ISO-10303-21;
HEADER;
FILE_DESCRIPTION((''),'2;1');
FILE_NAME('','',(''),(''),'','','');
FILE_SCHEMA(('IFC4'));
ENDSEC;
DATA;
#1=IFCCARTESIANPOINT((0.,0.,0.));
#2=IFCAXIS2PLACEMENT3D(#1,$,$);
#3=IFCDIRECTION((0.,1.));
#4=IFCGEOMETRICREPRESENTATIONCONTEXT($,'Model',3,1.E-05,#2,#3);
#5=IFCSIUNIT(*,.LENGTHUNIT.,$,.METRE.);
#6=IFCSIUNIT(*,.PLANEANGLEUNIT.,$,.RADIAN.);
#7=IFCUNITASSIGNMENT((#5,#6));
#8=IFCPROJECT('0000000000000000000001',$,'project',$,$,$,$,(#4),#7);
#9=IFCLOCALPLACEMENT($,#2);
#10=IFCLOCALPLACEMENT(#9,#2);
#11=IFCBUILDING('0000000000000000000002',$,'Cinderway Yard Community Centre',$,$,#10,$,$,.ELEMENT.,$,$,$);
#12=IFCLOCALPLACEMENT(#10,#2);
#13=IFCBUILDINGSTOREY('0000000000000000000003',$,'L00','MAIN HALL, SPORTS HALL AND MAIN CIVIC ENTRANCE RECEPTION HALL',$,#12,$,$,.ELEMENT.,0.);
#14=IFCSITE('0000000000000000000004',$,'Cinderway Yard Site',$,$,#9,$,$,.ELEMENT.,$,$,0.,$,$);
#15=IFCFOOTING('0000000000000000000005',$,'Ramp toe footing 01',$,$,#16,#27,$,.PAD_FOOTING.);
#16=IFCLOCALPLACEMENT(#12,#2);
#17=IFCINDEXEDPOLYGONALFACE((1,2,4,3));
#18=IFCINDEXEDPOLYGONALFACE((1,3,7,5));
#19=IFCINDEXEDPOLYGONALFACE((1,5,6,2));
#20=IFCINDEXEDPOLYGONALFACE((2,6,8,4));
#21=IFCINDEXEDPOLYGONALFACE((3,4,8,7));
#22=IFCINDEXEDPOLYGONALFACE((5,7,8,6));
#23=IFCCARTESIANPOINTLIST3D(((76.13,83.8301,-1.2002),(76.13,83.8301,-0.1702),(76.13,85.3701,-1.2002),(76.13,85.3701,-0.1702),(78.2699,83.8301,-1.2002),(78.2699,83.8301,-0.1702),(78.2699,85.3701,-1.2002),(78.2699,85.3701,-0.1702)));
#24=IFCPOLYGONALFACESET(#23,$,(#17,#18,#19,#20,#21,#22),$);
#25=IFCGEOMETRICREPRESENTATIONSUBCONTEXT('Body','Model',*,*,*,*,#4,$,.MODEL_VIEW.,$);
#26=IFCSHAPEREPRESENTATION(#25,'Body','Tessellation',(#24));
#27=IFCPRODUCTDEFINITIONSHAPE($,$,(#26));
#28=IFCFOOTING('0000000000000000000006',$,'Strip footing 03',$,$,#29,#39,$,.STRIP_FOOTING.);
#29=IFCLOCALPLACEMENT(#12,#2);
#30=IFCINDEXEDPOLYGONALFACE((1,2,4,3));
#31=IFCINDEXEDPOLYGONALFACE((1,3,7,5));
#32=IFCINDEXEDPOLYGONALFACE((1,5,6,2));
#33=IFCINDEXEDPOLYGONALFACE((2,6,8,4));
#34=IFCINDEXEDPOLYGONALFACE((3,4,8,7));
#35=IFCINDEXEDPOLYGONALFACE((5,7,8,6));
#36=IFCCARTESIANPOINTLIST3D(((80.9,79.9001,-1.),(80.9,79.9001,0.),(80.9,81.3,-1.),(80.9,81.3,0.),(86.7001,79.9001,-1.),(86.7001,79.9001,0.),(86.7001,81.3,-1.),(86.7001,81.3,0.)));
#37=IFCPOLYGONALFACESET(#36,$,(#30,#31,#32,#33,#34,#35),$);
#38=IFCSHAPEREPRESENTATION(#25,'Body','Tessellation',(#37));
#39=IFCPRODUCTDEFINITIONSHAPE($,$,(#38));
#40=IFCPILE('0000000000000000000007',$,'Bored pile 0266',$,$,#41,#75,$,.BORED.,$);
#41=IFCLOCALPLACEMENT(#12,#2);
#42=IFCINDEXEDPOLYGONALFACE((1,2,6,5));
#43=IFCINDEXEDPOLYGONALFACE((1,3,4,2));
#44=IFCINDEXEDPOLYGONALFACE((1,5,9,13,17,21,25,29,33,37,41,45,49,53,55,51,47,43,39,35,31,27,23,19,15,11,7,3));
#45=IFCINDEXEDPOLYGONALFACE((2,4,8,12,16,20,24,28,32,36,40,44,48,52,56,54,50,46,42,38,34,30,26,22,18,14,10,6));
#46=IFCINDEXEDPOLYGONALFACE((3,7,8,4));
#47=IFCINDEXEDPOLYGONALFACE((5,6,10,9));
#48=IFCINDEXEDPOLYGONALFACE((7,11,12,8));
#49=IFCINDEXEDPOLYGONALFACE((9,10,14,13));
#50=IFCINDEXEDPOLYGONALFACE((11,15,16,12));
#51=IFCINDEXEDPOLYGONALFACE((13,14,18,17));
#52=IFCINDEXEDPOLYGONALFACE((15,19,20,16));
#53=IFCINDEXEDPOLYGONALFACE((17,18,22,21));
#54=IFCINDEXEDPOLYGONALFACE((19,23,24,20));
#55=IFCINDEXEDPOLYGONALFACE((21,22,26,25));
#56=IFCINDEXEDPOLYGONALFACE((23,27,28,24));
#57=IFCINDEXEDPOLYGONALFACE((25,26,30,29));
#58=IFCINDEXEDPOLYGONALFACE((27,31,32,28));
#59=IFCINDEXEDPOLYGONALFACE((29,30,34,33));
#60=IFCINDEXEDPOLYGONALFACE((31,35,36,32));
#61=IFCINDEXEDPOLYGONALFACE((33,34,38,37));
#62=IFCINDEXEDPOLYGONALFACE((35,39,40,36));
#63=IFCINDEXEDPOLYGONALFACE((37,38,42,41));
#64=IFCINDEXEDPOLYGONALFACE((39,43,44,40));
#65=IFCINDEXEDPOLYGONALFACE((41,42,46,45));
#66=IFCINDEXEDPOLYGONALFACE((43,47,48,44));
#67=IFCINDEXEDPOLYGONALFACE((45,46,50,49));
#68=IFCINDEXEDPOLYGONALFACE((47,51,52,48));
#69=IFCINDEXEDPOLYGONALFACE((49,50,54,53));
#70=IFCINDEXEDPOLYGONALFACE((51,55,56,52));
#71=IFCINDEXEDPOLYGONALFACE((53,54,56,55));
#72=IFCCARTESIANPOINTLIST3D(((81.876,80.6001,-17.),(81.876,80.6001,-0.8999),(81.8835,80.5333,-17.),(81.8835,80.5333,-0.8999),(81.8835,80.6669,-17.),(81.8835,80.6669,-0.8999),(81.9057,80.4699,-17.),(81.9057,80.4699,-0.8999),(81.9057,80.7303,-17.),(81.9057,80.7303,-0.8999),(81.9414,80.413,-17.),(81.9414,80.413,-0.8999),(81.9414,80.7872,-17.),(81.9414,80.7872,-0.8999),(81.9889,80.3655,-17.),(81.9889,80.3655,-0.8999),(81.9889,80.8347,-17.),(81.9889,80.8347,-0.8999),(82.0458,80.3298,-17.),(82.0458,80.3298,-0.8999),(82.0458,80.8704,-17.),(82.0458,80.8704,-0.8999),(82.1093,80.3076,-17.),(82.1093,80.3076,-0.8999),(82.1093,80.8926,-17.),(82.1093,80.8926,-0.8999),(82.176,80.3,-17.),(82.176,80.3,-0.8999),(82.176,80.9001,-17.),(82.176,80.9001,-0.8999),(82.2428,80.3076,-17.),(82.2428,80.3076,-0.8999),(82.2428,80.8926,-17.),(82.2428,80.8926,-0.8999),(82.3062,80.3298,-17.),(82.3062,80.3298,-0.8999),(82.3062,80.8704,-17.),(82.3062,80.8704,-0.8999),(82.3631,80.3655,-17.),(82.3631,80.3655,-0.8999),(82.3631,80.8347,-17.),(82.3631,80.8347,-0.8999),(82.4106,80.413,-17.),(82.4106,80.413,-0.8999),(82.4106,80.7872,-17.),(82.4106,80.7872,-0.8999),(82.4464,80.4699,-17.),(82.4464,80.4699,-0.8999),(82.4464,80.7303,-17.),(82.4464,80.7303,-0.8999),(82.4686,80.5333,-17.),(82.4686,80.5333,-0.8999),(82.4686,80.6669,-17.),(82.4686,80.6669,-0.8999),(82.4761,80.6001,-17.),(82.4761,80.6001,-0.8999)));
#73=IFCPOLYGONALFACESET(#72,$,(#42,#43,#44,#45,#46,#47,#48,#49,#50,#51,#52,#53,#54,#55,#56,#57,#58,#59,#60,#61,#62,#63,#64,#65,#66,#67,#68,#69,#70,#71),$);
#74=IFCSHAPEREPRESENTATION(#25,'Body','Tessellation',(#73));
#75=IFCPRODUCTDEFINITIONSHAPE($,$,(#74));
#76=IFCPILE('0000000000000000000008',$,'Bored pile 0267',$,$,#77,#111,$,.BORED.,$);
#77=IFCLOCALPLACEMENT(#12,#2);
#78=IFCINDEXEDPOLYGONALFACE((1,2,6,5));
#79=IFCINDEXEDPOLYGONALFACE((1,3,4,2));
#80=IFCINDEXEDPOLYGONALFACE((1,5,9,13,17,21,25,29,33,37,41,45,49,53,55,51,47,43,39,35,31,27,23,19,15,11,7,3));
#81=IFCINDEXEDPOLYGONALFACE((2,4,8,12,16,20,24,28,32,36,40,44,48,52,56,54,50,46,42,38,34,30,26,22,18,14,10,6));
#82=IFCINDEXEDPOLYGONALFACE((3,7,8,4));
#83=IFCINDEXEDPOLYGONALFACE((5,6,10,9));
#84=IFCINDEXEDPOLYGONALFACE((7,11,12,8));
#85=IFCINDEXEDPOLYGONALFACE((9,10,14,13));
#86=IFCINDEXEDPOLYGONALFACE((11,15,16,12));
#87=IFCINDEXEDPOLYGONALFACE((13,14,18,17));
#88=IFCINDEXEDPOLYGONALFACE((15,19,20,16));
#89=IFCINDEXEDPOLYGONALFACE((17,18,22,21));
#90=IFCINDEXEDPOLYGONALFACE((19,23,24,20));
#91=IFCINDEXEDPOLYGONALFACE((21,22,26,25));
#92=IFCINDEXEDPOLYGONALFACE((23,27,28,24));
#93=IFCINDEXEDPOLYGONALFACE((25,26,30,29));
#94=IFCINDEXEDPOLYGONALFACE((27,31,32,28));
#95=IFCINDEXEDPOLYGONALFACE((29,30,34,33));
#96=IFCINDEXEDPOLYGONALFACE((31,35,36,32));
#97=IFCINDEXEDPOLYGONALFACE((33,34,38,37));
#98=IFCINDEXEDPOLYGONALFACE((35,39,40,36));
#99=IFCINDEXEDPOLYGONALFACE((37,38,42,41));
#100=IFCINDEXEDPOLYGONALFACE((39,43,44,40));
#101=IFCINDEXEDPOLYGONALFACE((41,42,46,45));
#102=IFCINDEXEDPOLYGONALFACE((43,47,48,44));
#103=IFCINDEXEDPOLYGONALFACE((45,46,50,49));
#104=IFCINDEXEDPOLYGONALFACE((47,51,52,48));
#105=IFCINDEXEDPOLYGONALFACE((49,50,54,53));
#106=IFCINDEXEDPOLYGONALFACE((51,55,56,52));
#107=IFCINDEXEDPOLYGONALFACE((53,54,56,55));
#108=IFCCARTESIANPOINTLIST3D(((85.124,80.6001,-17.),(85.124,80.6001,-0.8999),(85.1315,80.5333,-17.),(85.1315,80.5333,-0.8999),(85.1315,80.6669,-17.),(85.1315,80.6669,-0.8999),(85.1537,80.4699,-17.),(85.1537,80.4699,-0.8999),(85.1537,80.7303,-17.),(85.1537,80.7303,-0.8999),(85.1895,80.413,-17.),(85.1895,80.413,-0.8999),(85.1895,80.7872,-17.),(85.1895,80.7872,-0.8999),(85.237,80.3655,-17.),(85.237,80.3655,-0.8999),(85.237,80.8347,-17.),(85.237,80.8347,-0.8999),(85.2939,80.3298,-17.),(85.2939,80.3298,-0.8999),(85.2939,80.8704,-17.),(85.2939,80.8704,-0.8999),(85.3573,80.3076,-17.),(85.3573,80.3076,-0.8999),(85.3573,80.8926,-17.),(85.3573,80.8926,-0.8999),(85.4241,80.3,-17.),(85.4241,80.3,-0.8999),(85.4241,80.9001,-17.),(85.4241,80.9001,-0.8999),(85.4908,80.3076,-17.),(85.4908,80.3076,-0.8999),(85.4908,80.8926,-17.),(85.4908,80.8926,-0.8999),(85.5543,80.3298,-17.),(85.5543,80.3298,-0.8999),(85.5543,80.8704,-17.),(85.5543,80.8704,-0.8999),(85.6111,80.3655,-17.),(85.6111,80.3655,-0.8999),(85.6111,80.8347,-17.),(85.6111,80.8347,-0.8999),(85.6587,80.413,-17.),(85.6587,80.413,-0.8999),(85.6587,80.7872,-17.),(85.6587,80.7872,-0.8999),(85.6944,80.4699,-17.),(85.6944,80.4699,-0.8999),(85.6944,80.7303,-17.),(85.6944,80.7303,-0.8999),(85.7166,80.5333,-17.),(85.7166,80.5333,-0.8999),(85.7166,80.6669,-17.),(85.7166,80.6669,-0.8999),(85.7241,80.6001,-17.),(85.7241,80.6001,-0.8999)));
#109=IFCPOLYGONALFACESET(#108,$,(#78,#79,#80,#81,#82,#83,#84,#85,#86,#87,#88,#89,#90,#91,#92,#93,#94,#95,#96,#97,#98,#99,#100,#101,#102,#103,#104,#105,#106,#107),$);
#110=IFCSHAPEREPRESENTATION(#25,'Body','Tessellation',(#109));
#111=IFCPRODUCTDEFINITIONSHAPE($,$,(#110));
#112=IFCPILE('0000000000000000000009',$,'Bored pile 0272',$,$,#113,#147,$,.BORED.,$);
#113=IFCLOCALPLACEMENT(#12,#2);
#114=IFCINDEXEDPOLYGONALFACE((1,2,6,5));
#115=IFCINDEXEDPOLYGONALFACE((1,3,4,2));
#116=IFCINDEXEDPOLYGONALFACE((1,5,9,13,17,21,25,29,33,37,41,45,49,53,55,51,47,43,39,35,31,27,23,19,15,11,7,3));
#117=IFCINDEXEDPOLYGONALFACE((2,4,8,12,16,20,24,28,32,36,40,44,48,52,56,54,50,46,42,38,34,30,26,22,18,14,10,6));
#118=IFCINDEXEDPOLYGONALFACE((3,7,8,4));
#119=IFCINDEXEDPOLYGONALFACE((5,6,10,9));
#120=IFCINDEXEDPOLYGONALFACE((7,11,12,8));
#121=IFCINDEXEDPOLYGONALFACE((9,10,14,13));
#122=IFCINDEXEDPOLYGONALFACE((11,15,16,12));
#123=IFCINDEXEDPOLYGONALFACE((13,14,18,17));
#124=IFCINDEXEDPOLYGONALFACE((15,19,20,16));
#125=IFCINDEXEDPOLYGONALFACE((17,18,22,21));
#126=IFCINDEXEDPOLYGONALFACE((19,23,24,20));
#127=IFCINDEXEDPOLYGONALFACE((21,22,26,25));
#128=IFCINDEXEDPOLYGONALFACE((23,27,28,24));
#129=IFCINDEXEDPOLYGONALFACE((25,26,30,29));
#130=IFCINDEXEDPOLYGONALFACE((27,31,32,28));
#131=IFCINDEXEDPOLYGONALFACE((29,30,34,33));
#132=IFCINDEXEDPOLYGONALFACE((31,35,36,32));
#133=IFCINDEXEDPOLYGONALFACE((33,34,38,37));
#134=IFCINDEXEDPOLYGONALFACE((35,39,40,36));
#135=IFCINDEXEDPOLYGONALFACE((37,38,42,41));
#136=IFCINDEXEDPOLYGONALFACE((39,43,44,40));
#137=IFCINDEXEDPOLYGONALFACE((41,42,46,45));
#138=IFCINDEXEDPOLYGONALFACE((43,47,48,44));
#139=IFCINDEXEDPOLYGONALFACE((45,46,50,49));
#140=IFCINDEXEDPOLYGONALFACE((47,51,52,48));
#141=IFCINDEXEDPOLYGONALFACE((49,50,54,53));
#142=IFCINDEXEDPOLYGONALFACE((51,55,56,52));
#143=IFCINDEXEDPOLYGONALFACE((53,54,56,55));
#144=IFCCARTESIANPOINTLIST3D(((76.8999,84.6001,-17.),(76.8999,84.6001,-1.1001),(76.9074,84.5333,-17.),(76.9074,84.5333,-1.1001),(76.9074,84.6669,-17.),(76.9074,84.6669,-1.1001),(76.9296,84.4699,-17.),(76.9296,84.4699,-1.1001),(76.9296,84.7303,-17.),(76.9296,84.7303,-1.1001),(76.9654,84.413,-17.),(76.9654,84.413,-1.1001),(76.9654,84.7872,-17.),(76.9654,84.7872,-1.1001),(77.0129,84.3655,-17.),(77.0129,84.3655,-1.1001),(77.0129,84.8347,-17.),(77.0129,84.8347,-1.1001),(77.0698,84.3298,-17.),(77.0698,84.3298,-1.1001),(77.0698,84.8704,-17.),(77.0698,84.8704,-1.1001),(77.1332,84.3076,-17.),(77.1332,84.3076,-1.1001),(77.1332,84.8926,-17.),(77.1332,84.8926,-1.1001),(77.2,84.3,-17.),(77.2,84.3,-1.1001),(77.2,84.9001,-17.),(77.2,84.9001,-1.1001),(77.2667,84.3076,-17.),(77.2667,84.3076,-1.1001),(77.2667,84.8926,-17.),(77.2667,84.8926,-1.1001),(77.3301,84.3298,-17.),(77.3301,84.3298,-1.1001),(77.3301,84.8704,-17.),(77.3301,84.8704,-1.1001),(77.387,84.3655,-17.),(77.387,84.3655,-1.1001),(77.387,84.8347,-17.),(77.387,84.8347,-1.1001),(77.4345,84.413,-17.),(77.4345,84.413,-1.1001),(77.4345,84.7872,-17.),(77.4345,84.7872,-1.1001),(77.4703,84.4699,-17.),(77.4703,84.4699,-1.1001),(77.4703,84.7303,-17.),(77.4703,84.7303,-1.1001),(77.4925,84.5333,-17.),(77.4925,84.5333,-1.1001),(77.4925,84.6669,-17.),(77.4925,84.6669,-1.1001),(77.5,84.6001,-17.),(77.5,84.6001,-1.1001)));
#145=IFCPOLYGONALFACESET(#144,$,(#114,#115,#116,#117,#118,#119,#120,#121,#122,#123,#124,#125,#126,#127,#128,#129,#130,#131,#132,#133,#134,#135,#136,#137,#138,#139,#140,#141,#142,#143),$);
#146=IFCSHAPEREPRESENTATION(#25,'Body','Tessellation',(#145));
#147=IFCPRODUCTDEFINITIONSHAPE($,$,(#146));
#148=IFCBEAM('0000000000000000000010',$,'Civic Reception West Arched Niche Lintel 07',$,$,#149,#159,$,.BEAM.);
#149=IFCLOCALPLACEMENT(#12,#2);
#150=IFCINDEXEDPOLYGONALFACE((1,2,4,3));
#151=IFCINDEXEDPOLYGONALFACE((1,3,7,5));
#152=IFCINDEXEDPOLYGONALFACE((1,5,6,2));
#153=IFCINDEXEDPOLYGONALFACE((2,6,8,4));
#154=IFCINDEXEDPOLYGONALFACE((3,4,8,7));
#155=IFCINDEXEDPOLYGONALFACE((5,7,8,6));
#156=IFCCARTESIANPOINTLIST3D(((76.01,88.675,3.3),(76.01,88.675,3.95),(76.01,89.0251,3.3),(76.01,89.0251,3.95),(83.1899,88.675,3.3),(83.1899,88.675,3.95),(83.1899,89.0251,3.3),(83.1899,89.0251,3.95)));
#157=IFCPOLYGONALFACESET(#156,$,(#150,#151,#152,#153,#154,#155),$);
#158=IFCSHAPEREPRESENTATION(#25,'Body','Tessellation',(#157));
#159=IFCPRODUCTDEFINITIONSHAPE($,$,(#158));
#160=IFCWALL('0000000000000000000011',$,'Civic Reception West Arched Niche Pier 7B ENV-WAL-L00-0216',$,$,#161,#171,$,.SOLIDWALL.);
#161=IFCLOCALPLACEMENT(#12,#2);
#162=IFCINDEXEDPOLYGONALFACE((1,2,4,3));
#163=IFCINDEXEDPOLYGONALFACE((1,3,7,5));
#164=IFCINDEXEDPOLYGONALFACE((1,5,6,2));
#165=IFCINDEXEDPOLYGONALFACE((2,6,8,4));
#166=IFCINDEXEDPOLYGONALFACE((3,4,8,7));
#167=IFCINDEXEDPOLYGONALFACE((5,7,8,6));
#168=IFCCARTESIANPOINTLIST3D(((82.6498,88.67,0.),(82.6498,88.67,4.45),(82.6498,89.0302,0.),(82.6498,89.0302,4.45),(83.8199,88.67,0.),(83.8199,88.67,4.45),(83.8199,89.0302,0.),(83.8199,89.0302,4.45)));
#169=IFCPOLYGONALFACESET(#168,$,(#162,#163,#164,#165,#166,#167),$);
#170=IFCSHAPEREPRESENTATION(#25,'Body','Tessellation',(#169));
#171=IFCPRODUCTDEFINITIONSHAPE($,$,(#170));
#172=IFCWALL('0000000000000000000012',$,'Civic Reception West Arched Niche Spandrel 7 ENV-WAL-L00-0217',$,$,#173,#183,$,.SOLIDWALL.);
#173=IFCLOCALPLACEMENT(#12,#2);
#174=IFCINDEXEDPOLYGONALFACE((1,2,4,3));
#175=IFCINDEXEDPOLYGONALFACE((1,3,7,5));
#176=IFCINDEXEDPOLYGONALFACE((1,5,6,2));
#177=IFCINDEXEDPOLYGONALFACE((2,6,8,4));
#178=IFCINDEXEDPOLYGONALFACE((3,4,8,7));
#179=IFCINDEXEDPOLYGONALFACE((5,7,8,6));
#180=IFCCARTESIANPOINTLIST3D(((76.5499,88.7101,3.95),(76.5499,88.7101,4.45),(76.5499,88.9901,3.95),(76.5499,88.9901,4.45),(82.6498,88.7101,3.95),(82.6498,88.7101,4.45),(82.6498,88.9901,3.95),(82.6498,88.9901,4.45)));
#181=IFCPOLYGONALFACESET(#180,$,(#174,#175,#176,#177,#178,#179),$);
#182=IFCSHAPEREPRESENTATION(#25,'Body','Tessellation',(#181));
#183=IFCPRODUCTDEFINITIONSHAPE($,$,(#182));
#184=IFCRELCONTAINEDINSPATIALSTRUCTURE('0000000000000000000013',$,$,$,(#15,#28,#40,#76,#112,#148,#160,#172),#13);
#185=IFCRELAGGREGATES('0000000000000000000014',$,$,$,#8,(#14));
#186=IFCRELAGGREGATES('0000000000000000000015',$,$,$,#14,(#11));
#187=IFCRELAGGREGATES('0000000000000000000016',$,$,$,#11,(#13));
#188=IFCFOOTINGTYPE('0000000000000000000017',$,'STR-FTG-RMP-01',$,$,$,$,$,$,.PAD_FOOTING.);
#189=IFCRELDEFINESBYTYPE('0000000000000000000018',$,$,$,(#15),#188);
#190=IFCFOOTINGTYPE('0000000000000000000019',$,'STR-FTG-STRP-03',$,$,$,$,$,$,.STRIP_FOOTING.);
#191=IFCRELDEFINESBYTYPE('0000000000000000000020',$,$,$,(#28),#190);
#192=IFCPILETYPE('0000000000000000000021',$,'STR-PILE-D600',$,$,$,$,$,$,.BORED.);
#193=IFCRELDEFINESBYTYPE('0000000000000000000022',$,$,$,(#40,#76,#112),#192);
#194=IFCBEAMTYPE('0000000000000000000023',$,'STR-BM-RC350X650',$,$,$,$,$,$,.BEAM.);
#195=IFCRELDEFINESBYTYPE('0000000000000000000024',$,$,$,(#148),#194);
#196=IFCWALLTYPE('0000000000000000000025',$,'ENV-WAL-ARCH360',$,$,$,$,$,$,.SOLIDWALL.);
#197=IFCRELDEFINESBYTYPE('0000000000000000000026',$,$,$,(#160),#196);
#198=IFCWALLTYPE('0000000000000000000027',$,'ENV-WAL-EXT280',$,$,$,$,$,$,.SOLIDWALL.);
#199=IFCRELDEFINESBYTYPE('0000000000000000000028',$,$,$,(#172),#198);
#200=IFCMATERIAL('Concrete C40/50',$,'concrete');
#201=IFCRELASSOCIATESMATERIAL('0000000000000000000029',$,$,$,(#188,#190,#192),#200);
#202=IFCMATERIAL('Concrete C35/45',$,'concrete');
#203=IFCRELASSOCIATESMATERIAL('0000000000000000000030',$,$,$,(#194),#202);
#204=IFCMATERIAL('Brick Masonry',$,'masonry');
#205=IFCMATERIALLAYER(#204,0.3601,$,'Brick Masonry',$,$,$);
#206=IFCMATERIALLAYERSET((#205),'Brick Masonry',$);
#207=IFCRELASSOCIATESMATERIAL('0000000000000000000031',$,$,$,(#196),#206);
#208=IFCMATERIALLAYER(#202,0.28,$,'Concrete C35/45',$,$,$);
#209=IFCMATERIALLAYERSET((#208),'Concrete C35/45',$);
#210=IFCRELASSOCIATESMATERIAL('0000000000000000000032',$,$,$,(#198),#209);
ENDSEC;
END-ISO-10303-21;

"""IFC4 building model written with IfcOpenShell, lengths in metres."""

from ifc_helpers import new_model, si_unit, direction, frame, frame_2d, origin, origin_2d, place, context, subcontext, project, spatial, rectangle, circle, extrude, material, layer, layer_set, material_profile, profile_set, type_object, element, save


model = new_model("IFC4")

# Units and contexts
model_context = context("Model", 3, precision=1e-05, world=origin(), true_north=direction((0.0, 1.0)))
body_context = subcontext(model_context, "Body", "Model", "MODEL_VIEW")
ifc_project = project(units=[si_unit("LENGTHUNIT", "METRE"), si_unit("PLANEANGLEUNIT", "RADIAN")], contexts=[model_context])

# Site, building, storey
site_placement = place(None, origin())
site = spatial("IfcSite", under=ifc_project, at=site_placement, Name="Cinderway Yard Site", CompositionType="ELEMENT", RefElevation=0.0)
building_placement = place(site_placement, origin())
building = spatial("IfcBuilding", under=site, at=building_placement, Name="Cinderway Yard Community Centre", CompositionType="ELEMENT")
storey_placement = place(building_placement, origin())
storey = spatial("IfcBuildingStorey", under=building, at=storey_placement, Name="L00", Description="MAIN HALL, SPORTS HALL AND MAIN CIVIC ENTRANCE RECEPTION HALL", CompositionType="ELEMENT", Elevation=0.0)

# Footings
ifc_material_1 = material(Name="Concrete C40/50", Category="concrete")
footing_type_1 = type_object("IfcFootingType", Name="STR-FTG-RMP-01", PredefinedType="PAD_FOOTING", material=ifc_material_1)
footing_1_placement = place(storey_placement, frame((77.2, 84.6001, -1.2002), z_axis=(0.0, 0.0, 1.0), x_axis=(1.0, 0.0, 0.0)))
element("IfcFooting", 1, at=footing_1_placement, inside=storey, type_object=footing_type_1, Name="Ramp toe footing 01", PredefinedType="PAD_FOOTING", context=body_context, shape_type="SweptSolid", body=[
    extrude(rectangle(XDim=2.1399, YDim=1.54, at=origin_2d()), origin(), (0.0, 0.0, 1.0), 1.03),
])
footing_type_2 = type_object("IfcFootingType", Name="STR-FTG-STRP-03", PredefinedType="STRIP_FOOTING", material=ifc_material_1)
footing_2_placement = place(storey_placement, frame((83.8, 80.6001, -1.0), z_axis=(0.0, 0.0, 1.0), x_axis=(1.0, 0.0, 0.0)))
element("IfcFooting", 2, at=footing_2_placement, inside=storey, type_object=footing_type_2, Name="Strip footing 03", PredefinedType="STRIP_FOOTING", context=body_context, shape_type="SweptSolid", body=[
    extrude(rectangle(XDim=5.8, YDim=1.3999, at=origin_2d()), origin(), (0.0, 0.0, 1.0), 1.0),
])

# Piles
ifc_material_profile_1 = material_profile(ifc_material_1, circle(Radius=0.3, at=origin_2d()), Name="Concrete C40/50")
ifc_profile_set_1 = profile_set([ifc_material_profile_1], Name="Concrete C40/50")
pile_type = type_object("IfcPileType", Name="STR-PILE-D600", PredefinedType="BORED", material=ifc_profile_set_1)
for number, where, z_axis, x_axis, name in (
    (3, (82.176, 80.6001, -0.8999), (0.0, 0.0, -1.0), (1.0, 0.0, 0.0), "Bored pile 0266"),
    (4, (85.4241, 80.6001, -0.8999), (0.0, 0.0, -1.0), (1.0, 0.0, 0.0), "Bored pile 0267"),
):
    element("IfcPile", number, at=place(storey_placement, frame(where, z_axis=z_axis, x_axis=x_axis)), inside=storey, type_object=pile_type, Name=name, PredefinedType="BORED", context=body_context, shape_type="SweptSolid", body=[
        extrude(circle(Radius=0.3, at=origin_2d()), origin(), (0.0, 0.0, 1.0), 16.1001),
    ])
pile_placement = place(storey_placement, frame((77.2, 84.6001, -1.1001), z_axis=(0.0, 0.0, -1.0), x_axis=(1.0, 0.0, 0.0)))
element("IfcPile", 5, at=pile_placement, inside=storey, type_object=pile_type, Name="Bored pile 0272", PredefinedType="BORED", context=body_context, shape_type="SweptSolid", body=[
    extrude(circle(Radius=0.3, at=origin_2d()), origin(), (0.0, 0.0, 1.0), 15.8999),
])

# Beam
ifc_material_2 = material(Name="Concrete C35/45", Category="concrete")
ifc_material_profile_2 = material_profile(ifc_material_2, rectangle(XDim=0.3501, YDim=0.6499, at=origin_2d()), Name="Concrete C35/45")
ifc_profile_set_2 = profile_set([ifc_material_profile_2], Name="Concrete C35/45")
beam_type = type_object("IfcBeamType", Name="STR-BM-RC350X650", PredefinedType="BEAM", material=ifc_profile_set_2)
beam_placement = place(storey_placement, frame((76.01, 88.8501, 3.625), z_axis=(1.0, 0.0, 0.0), x_axis=(0.0, 1.0, 0.0)))
element("IfcBeam", 6, at=beam_placement, inside=storey, type_object=beam_type, Name="Civic Reception West Arched Niche Lintel 07", PredefinedType="BEAM", context=body_context, shape_type="SweptSolid", body=[
    extrude(rectangle(XDim=0.3501, YDim=0.6499, at=origin_2d()), origin(), (0.0, 0.0, 1.0), 7.1799),
])

# Walls
ifc_material_3 = material(Name="Brick Masonry", Category="masonry")
ifc_layer_1 = layer(ifc_material_3, 0.3601, Name="Brick Masonry")
ifc_layer_set_1 = layer_set([ifc_layer_1], Name="Brick Masonry")
wall_type_1 = type_object("IfcWallType", Name="ENV-WAL-ARCH360", PredefinedType="SOLIDWALL", material=ifc_layer_set_1)
wall_1_placement = place(storey_placement, frame((82.6499, 88.8501, 0.0), z_axis=(0.0, 0.0, 1.0), x_axis=(1.0, 0.0, 0.0)))
element("IfcWall", 7, at=wall_1_placement, inside=storey, type_object=wall_type_1, Name="Civic Reception West Arched Niche Pier 7B ENV-WAL-L00-0216", PredefinedType="SOLIDWALL", context=body_context, shape_type="SweptSolid", body=[
    extrude(rectangle(XDim=1.1702, YDim=0.3601, at=frame_2d((0.585, 0.0))), origin(), (0.0, 0.0, 1.0), 4.45),
])
ifc_layer_2 = layer(ifc_material_2, 0.28, Name="Concrete C35/45")
ifc_layer_set_2 = layer_set([ifc_layer_2], Name="Concrete C35/45")
wall_type_2 = type_object("IfcWallType", Name="ENV-WAL-EXT280", PredefinedType="SOLIDWALL", material=ifc_layer_set_2)
wall_2_placement = place(storey_placement, frame((76.55, 88.8501, 3.95), z_axis=(0.0, 0.0, 1.0), x_axis=(1.0, 0.0, 0.0)))
element("IfcWall", 8, at=wall_2_placement, inside=storey, type_object=wall_type_2, Name="Civic Reception West Arched Niche Spandrel 7 ENV-WAL-L00-0217", PredefinedType="SOLIDWALL", context=body_context, shape_type="SweptSolid", body=[
    extrude(rectangle(XDim=6.0999, YDim=0.28, at=frame_2d((3.0498, 0.0))), origin(), (0.0, 0.0, 1.0), 0.5),
])

save(model, "model.ifc")
